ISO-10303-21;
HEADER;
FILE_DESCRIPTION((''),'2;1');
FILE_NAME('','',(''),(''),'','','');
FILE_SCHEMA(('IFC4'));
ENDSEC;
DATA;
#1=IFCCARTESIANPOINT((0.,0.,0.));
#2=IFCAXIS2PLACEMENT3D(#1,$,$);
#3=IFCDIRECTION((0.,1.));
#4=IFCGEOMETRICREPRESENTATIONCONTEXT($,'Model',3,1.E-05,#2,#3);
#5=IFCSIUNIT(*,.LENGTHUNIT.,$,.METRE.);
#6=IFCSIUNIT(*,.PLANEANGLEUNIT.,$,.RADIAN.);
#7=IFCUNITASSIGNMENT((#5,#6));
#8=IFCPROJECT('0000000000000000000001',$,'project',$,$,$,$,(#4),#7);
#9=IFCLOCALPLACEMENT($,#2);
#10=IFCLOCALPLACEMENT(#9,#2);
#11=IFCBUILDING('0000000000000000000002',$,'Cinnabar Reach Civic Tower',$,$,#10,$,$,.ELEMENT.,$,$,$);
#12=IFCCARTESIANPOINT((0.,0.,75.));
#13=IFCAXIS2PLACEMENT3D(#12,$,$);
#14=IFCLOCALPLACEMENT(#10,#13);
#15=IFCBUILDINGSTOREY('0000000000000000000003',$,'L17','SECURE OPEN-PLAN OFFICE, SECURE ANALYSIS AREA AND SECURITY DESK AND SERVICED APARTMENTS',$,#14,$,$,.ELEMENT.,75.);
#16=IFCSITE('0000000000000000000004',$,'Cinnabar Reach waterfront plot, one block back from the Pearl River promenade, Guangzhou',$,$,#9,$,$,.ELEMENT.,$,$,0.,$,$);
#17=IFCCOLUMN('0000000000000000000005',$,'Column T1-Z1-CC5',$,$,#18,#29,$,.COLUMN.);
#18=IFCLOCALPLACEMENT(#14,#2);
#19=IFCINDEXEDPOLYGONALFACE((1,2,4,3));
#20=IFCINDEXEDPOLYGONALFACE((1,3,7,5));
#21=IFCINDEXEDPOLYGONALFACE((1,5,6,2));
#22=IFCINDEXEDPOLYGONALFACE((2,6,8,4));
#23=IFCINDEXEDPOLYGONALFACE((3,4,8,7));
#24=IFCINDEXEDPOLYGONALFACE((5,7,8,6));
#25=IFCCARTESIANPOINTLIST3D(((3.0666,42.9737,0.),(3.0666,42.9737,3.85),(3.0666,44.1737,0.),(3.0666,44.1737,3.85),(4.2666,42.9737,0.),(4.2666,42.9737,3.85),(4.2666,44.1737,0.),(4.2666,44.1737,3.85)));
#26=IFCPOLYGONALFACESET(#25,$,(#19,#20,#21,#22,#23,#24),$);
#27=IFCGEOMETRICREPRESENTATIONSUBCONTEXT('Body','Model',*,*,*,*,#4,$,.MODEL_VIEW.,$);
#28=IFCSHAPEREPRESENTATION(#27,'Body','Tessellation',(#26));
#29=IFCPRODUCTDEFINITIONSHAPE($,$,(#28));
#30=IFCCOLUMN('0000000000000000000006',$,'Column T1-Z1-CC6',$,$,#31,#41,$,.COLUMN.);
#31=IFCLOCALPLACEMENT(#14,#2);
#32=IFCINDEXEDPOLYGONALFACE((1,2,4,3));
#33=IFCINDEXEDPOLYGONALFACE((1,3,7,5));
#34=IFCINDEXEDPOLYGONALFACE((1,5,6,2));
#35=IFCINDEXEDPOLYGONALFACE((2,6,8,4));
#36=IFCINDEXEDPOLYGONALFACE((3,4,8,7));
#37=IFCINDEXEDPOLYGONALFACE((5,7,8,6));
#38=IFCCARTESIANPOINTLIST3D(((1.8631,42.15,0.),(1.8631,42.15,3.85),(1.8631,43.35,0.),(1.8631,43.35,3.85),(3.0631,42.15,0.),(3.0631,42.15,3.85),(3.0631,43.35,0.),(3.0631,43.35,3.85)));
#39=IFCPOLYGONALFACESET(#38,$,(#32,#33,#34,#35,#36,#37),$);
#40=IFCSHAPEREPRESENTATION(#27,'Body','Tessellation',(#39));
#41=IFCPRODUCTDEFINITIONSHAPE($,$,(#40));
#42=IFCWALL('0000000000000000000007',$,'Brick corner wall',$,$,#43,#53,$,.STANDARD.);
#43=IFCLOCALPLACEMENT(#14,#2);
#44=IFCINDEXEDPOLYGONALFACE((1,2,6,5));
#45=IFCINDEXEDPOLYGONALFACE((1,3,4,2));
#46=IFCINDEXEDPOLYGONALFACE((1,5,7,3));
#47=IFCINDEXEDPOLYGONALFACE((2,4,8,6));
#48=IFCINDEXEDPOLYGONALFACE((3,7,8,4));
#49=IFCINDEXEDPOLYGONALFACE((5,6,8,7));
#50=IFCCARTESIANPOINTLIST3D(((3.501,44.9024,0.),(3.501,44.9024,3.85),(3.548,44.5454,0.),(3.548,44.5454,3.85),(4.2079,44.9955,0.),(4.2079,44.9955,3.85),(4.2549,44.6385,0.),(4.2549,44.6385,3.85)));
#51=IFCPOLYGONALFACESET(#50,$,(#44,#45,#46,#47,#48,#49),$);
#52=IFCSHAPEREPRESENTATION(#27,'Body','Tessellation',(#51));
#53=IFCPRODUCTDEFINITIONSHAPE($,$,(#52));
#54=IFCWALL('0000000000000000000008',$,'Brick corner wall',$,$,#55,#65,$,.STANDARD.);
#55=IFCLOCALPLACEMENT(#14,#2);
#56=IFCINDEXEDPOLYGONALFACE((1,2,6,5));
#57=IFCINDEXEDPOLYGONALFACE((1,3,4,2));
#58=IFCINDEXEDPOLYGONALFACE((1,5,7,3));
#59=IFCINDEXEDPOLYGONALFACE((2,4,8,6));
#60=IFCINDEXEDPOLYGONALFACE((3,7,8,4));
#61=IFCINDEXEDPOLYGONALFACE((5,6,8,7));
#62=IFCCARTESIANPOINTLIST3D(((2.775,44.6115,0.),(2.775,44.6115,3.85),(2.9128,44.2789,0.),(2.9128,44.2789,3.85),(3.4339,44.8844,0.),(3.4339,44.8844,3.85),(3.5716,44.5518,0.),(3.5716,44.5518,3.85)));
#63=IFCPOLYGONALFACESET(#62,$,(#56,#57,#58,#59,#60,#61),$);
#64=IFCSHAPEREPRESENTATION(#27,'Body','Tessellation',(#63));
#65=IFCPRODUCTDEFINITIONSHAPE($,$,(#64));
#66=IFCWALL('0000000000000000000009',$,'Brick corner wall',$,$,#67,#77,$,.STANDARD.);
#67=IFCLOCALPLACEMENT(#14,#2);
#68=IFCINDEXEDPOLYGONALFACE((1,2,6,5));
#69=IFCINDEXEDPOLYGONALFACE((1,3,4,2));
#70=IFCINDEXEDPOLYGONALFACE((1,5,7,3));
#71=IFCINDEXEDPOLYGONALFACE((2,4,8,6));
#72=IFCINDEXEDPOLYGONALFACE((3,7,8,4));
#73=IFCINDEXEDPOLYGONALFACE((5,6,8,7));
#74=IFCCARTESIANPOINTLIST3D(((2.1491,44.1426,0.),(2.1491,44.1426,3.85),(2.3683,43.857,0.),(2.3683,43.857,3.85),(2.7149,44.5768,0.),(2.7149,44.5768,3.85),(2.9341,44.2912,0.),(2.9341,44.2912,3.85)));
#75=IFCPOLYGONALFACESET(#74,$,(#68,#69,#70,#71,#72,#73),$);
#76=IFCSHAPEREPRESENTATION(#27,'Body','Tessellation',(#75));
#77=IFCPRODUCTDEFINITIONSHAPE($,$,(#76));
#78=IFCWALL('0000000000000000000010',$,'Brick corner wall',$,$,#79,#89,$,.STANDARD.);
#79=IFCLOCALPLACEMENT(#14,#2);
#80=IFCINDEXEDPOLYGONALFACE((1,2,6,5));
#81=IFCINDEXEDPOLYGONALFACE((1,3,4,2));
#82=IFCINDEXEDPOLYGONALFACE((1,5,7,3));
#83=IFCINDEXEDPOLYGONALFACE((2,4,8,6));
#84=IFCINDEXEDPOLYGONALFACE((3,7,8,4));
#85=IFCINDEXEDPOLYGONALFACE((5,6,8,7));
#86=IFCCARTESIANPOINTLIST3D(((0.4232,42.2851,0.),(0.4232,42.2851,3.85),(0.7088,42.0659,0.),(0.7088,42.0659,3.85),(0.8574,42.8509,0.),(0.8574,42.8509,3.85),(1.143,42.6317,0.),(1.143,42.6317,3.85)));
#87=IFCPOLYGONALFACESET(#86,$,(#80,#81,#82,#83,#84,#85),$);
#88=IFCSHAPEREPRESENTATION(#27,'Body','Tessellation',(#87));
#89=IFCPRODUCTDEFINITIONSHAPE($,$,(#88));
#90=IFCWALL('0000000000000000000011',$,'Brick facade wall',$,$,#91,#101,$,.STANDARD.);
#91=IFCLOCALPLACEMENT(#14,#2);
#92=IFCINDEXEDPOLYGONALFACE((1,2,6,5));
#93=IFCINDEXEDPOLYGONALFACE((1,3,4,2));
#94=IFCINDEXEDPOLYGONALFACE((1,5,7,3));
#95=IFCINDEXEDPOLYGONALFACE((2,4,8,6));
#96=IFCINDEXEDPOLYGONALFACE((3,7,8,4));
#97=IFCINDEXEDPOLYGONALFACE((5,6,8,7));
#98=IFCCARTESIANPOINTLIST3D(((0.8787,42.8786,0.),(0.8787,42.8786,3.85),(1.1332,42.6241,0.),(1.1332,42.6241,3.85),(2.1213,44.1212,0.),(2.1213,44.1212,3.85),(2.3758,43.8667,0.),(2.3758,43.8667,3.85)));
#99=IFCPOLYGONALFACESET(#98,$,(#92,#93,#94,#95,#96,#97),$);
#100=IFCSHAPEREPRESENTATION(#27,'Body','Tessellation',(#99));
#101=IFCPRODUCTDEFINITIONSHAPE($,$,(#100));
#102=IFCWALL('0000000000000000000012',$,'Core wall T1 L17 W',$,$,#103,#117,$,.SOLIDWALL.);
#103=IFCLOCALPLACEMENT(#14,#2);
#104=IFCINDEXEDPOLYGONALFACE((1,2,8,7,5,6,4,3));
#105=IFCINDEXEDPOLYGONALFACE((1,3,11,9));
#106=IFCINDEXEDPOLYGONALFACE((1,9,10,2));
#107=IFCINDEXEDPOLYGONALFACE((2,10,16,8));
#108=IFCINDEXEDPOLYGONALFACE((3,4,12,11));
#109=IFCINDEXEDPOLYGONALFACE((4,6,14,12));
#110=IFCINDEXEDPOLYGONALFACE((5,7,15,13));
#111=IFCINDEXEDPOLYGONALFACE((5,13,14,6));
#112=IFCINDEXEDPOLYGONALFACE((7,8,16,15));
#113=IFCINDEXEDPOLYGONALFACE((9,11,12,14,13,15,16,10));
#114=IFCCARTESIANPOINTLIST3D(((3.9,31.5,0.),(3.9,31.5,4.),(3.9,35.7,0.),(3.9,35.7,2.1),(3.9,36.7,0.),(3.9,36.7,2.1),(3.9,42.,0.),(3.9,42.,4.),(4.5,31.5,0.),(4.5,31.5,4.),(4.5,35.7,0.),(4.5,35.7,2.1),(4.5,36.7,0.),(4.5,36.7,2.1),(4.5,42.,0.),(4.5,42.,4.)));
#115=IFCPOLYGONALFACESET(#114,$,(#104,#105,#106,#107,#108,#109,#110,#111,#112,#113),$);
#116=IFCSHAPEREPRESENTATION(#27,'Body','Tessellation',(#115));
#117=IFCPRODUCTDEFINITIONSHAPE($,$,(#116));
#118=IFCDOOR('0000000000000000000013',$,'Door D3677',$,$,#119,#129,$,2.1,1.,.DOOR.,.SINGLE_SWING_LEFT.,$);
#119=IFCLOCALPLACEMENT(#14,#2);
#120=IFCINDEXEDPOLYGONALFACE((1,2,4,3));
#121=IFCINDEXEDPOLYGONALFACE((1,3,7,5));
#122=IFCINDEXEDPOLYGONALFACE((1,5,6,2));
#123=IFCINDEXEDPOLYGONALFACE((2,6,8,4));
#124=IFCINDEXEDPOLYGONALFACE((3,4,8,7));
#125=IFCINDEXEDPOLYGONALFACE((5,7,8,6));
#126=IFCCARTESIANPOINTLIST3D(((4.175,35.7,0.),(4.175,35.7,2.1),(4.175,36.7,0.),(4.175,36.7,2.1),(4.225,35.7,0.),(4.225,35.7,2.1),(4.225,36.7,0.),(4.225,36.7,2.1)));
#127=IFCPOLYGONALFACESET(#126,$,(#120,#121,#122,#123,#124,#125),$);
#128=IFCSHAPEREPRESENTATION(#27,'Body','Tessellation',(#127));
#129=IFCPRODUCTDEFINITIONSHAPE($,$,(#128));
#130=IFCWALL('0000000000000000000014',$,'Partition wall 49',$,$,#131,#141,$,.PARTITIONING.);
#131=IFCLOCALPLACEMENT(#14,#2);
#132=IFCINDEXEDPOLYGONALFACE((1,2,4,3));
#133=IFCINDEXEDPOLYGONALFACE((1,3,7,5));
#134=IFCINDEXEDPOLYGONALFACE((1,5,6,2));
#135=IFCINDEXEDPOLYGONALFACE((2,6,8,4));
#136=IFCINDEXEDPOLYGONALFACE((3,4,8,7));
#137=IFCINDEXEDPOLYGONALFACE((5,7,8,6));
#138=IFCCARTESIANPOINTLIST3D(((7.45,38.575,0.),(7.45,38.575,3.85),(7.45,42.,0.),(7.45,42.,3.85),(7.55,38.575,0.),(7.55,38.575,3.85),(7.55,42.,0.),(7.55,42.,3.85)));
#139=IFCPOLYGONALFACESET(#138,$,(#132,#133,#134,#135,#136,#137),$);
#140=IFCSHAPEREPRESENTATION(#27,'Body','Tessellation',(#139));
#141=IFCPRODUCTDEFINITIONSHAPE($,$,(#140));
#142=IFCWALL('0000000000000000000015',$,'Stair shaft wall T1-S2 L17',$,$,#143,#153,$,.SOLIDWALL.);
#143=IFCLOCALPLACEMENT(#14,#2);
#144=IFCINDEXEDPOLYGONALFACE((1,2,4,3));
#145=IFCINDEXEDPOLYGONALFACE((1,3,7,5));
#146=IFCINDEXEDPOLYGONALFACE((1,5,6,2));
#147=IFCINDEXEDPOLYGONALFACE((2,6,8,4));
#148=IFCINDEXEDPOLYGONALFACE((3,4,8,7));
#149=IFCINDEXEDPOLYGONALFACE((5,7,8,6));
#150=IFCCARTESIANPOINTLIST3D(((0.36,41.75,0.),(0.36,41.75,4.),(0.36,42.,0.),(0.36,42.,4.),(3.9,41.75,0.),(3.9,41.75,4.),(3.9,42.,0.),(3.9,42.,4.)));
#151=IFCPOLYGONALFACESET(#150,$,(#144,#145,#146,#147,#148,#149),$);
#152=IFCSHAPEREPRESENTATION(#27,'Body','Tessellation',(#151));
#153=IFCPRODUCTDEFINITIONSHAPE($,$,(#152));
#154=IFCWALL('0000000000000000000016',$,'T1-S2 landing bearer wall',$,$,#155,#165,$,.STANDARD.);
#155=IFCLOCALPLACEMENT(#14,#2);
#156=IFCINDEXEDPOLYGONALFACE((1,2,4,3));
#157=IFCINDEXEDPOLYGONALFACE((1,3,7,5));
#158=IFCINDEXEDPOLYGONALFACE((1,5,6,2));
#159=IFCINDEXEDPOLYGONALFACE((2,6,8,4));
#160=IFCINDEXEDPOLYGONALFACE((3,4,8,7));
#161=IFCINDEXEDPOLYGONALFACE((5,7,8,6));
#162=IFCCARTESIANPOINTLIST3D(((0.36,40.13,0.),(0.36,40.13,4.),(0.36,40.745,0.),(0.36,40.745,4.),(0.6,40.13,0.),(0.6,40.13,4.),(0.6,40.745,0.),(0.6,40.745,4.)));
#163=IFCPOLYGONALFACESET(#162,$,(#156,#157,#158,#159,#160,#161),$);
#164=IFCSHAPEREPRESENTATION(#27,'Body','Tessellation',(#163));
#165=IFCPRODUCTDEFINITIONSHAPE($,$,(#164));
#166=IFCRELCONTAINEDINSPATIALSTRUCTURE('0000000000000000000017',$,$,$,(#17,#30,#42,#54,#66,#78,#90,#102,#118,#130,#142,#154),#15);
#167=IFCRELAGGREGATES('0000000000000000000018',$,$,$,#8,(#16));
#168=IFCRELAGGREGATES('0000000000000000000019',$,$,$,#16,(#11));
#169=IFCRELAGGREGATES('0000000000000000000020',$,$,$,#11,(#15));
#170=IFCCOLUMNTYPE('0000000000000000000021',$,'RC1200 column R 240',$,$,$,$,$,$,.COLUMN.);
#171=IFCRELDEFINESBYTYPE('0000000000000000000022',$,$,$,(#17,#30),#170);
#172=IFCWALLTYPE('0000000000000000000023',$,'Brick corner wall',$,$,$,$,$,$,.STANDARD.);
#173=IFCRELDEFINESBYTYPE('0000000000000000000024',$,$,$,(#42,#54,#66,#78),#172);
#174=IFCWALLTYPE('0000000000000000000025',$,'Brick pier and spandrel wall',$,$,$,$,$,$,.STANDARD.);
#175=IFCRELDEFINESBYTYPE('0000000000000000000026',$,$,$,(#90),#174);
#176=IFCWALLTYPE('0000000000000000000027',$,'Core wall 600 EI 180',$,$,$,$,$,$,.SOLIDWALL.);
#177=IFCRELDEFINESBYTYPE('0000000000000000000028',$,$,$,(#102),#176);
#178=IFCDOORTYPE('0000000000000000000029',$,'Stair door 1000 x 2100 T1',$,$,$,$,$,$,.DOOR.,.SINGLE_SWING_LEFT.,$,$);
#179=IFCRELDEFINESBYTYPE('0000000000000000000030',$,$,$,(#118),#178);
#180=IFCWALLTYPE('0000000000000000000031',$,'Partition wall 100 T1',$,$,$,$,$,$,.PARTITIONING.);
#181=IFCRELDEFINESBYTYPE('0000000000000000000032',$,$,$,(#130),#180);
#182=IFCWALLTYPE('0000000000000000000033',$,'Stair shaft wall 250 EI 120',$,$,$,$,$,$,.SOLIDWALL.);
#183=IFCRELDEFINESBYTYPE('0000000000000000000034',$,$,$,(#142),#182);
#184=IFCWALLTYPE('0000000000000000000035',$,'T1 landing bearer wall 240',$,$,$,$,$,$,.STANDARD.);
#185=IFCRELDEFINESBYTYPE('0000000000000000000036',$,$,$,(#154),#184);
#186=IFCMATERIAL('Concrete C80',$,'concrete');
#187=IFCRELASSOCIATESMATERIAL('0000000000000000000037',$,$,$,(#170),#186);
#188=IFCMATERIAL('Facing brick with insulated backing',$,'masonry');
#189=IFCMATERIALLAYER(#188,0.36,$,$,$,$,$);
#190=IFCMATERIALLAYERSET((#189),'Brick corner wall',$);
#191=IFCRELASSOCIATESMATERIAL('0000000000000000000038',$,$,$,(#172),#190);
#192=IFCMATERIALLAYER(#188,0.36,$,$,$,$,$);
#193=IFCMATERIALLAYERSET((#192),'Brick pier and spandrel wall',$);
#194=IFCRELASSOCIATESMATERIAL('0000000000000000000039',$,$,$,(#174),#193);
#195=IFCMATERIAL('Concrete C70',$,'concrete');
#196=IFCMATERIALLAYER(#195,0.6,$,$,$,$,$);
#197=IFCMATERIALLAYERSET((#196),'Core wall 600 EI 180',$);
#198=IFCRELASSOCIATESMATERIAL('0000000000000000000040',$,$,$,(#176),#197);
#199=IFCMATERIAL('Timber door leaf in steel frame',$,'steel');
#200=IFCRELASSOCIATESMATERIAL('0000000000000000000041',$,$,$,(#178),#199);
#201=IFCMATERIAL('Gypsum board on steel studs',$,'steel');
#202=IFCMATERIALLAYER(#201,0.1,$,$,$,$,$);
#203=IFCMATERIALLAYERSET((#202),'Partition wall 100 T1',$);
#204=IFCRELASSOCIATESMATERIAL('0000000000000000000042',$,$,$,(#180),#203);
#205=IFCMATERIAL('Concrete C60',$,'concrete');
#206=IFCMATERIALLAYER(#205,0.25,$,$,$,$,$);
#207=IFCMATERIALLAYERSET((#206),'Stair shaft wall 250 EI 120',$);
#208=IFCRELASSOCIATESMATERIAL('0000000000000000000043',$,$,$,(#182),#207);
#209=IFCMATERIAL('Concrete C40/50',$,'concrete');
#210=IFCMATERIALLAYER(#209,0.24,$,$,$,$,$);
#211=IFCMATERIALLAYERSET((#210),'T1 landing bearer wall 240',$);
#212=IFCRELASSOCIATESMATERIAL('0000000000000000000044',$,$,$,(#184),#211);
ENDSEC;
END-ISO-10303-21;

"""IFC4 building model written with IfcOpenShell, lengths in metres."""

from ifc_helpers import new_model, si_unit, direction, frame, frame_2d, origin, origin_2d, place, context, subcontext, project, spatial, rectangle, extrude, material, layer, layer_set, material_profile, profile_set, type_object, element, fill, save


model = new_model("IFC4")

# Units and contexts
model_context = context("Model", 3, precision=1e-05, world=origin(), true_north=direction((0.0, 1.0)))
body_context = subcontext(model_context, "Body", "Model", "MODEL_VIEW")
ifc_project = project(units=[si_unit("LENGTHUNIT", "METRE"), si_unit("PLANEANGLEUNIT", "RADIAN")], contexts=[model_context])

# Site, building, storey
site_placement = place(None, origin())
site = spatial("IfcSite", under=ifc_project, at=site_placement, Name="Cinnabar Reach waterfront plot, one block back from the Pearl River promenade, Guangzhou", CompositionType="ELEMENT", RefElevation=0.0)
building_placement = place(site_placement, origin())
building = spatial("IfcBuilding", under=site, at=building_placement, Name="Cinnabar Reach Civic Tower", CompositionType="ELEMENT")
storey_placement = place(building_placement, frame((0.0, 0.0, 75.0)))
storey = spatial("IfcBuildingStorey", under=building, at=storey_placement, Name="L17", Description="SECURE OPEN-PLAN OFFICE, SECURE ANALYSIS AREA AND SECURITY DESK AND SERVICED APARTMENTS", CompositionType="ELEMENT", Elevation=75.0)

# Columns
ifc_material_1 = material(Name="Concrete C80", Category="concrete")
ifc_material_profile = material_profile(ifc_material_1, rectangle(XDim=1.2, YDim=1.2, at=origin_2d()), Name="RC1200")
ifc_profile_set = profile_set([ifc_material_profile], Name="Concrete C80")
column_type = type_object("IfcColumnType", Name="RC1200 column R 240", PredefinedType="COLUMN", material=ifc_profile_set)
for number, where, z_axis, x_axis, name in (
    (1, (3.6666, 43.5737, 0.0), (0.0, 0.0, 1.0), (1.0, 0.0, 0.0), "Column T1-Z1-CC5"),
    (2, (2.4631, 42.75, 0.0), (0.0, 0.0, 1.0), (1.0, 0.0, 0.0), "Column T1-Z1-CC6"),
):
    element("IfcColumn", number, at=place(storey_placement, frame(where, z_axis=z_axis, x_axis=x_axis)), inside=storey, type_object=column_type, Name=name, PredefinedType="COLUMN", context=body_context, shape_type="SweptSolid", body=[
        extrude(rectangle(XDim=1.2, YDim=1.2, at=origin_2d()), origin(), (0.0, 0.0, 1.0), 3.85),
    ])

# Walls
ifc_material_2 = material(Name="Facing brick with insulated backing", Category="masonry")
ifc_layer_1 = layer(ifc_material_2, 0.36)
ifc_layer_set_1 = layer_set([ifc_layer_1], Name="Brick corner wall")
wall_type_1 = type_object("IfcWallType", Name="Brick corner wall", PredefinedType="STANDARD", material=ifc_layer_set_1)
for number, where, z_axis, x_axis, name in (
    (3, (4.2314, 44.817, 0.0), (0.0, 0.0, 1.0), (-0.991441, -0.130556, 0.0), "Brick corner wall"),
    (4, (3.5027, 44.7181, 0.0), (0.0, 0.0, 1.0), (-0.923872, -0.382703, 0.0), "Brick corner wall"),
):
    element("IfcWall", number, at=place(storey_placement, frame(where, z_axis=z_axis, x_axis=x_axis)), inside=storey, type_object=wall_type_1, Name=name, PredefinedType="STANDARD", context=body_context, shape_type="SweptSolid", body=[
        extrude(rectangle(XDim=0.7131, YDim=0.36, at=frame_2d((0.3565, 0.0))), origin(), (0.0, 0.0, 1.0), 3.85),
    ])
for number, where, z_axis, x_axis, name in (
    (5, (2.8245, 44.434, 0.0), (0.0, 0.0, 1.0), (-0.793322, -0.608802, 0.0), "Brick corner wall"),
    (6, (1.0002, 42.7413, 0.0), (0.0, 0.0, 1.0), (-0.608802, -0.793322, 0.0), "Brick corner wall"),
):
    element("IfcWall", number, at=place(storey_placement, frame(where, z_axis=z_axis, x_axis=x_axis)), inside=storey, type_object=wall_type_1, Name=name, PredefinedType="STANDARD", context=body_context, shape_type="SweptSolid", body=[
        extrude(rectangle(XDim=0.7132, YDim=0.36, at=frame_2d((0.3566, 0.0))), origin(), (0.0, 0.0, 1.0), 3.85),
    ])
ifc_layer_2 = layer(ifc_material_2, 0.36)
ifc_layer_set_2 = layer_set([ifc_layer_2], Name="Brick pier and spandrel wall")
wall_type_2 = type_object("IfcWallType", Name="Brick pier and spandrel wall", PredefinedType="STANDARD", material=ifc_layer_set_2)
wall_1_placement = place(storey_placement, frame((2.2486, 43.994, 0.0), z_axis=(0.0, 0.0, 1.0), x_axis=(-0.707107, -0.707107, 0.0)))
element("IfcWall", 7, at=wall_1_placement, inside=storey, type_object=wall_type_2, Name="Brick facade wall", PredefinedType="STANDARD", context=body_context, shape_type="SweptSolid", body=[
    extrude(rectangle(XDim=1.7573, YDim=0.36, at=frame_2d((0.8787, 0.0))), origin(), (0.0, 0.0, 1.0), 3.85),
])

# Wall, opening, door
ifc_material_3 = material(Name="Concrete C70", Category="concrete")
ifc_layer_3 = layer(ifc_material_3, 0.6)
ifc_layer_set_3 = layer_set([ifc_layer_3], Name="Core wall 600 EI 180")
wall_type_3 = type_object("IfcWallType", Name="Core wall 600 EI 180", PredefinedType="SOLIDWALL", material=ifc_layer_set_3)
wall_2_placement = place(storey_placement, frame((4.2, 42.0, 0.0), z_axis=(0.0, 0.0, 1.0), x_axis=(0.0, -1.0, 0.0)))
wall_2 = element("IfcWall", 8, at=wall_2_placement, inside=storey, type_object=wall_type_3, Name="Core wall T1 L17 W", PredefinedType="SOLIDWALL", context=body_context, shape_type="SweptSolid", body=[
    extrude(rectangle(XDim=10.5, YDim=0.6, at=frame_2d((5.25, 0.0))), origin(), (0.0, 0.0, 1.0), 4.0),
])
opening_placement = place(wall_2_placement, frame((5.3, 0.0, 0.0)))
opening = element("IfcOpeningElement", 9, at=opening_placement, cuts=wall_2, PredefinedType="OPENING", context=body_context, shape_type="SweptSolid", body=[
    extrude(rectangle(XDim=1.0, YDim=2.1, at=frame_2d((0.5, 1.05))), frame((0.0, 0.31, 0.0), z_axis=(0.0, -1.0, 0.0), x_axis=(1.0, 0.0, 0.0)), (0.0, 0.0, 1.0), 0.62),
])
ifc_material_4 = material(Name="Timber door leaf in steel frame", Category="steel")
door_type = type_object("IfcDoorType", Name="Stair door 1000 x 2100 T1", OperationType="SINGLE_SWING_LEFT", PredefinedType="DOOR", material=ifc_material_4)
door_placement = place(opening_placement, frame((1.0, 0.0, 0.0), z_axis=(0.0, 0.0, 1.0), x_axis=(-1.0, 0.0, 0.0)))
door = element("IfcDoor", 10, at=door_placement, inside=storey, type_object=door_type, Name="Door D3677", OperationType="SINGLE_SWING_LEFT", OverallHeight=2.1, OverallWidth=1.0, PredefinedType="DOOR", context=body_context, shape_type="SweptSolid", body=[
    extrude(rectangle(XDim=1.0, YDim=2.1, at=frame_2d((0.5, 1.05))), frame((0.0, 0.025, 0.0), z_axis=(0.0, -1.0, 0.0), x_axis=(1.0, 0.0, 0.0)), (0.0, 0.0, 1.0), 0.05),
])
fill(opening, door)

# Walls
ifc_material_5 = material(Name="Gypsum board on steel studs", Category="steel")
ifc_layer_4 = layer(ifc_material_5, 0.1)
ifc_layer_set_4 = layer_set([ifc_layer_4], Name="Partition wall 100 T1")
wall_type_4 = type_object("IfcWallType", Name="Partition wall 100 T1", PredefinedType="PARTITIONING", material=ifc_layer_set_4)
wall_3_placement = place(storey_placement, frame((7.5, 38.575, 0.0), z_axis=(0.0, 0.0, 1.0), x_axis=(0.0, 1.0, 0.0)))
element("IfcWall", 11, at=wall_3_placement, inside=storey, type_object=wall_type_4, Name="Partition wall 49", PredefinedType="PARTITIONING", context=body_context, shape_type="SweptSolid", body=[
    extrude(rectangle(XDim=3.425, YDim=0.1, at=frame_2d((1.7125, 0.0))), origin(), (0.0, 0.0, 1.0), 3.85),
])
ifc_material_6 = material(Name="Concrete C60", Category="concrete")
ifc_layer_5 = layer(ifc_material_6, 0.25)
ifc_layer_set_5 = layer_set([ifc_layer_5], Name="Stair shaft wall 250 EI 120")
wall_type_5 = type_object("IfcWallType", Name="Stair shaft wall 250 EI 120", PredefinedType="SOLIDWALL", material=ifc_layer_set_5)
wall_4_placement = place(storey_placement, frame((3.9, 41.875, 0.0), z_axis=(0.0, 0.0, 1.0), x_axis=(-1.0, 0.0, 0.0)))
element("IfcWall", 12, at=wall_4_placement, inside=storey, type_object=wall_type_5, Name="Stair shaft wall T1-S2 L17", PredefinedType="SOLIDWALL", context=body_context, shape_type="SweptSolid", body=[
    extrude(rectangle(XDim=3.54, YDim=0.25, at=frame_2d((1.77, 0.0))), origin(), (0.0, 0.0, 1.0), 4.0),
])
ifc_material_7 = material(Name="Concrete C40/50", Category="concrete")
ifc_layer_6 = layer(ifc_material_7, 0.24)
ifc_layer_set_6 = layer_set([ifc_layer_6], Name="T1 landing bearer wall 240")
wall_type_6 = type_object("IfcWallType", Name="T1 landing bearer wall 240", PredefinedType="STANDARD", material=ifc_layer_set_6)
wall_5_placement = place(storey_placement, frame((0.48, 40.13, 0.0), z_axis=(0.0, 0.0, 1.0), x_axis=(0.0, 1.0, 0.0)))
element("IfcWall", 13, at=wall_5_placement, inside=storey, type_object=wall_type_6, Name="T1-S2 landing bearer wall", PredefinedType="STANDARD", context=body_context, shape_type="SweptSolid", body=[
    extrude(rectangle(XDim=0.6151, YDim=0.24, at=frame_2d((0.3075, 0.0))), origin(), (0.0, 0.0, 1.0), 4.0),
])

save(model, "model.ifc")
